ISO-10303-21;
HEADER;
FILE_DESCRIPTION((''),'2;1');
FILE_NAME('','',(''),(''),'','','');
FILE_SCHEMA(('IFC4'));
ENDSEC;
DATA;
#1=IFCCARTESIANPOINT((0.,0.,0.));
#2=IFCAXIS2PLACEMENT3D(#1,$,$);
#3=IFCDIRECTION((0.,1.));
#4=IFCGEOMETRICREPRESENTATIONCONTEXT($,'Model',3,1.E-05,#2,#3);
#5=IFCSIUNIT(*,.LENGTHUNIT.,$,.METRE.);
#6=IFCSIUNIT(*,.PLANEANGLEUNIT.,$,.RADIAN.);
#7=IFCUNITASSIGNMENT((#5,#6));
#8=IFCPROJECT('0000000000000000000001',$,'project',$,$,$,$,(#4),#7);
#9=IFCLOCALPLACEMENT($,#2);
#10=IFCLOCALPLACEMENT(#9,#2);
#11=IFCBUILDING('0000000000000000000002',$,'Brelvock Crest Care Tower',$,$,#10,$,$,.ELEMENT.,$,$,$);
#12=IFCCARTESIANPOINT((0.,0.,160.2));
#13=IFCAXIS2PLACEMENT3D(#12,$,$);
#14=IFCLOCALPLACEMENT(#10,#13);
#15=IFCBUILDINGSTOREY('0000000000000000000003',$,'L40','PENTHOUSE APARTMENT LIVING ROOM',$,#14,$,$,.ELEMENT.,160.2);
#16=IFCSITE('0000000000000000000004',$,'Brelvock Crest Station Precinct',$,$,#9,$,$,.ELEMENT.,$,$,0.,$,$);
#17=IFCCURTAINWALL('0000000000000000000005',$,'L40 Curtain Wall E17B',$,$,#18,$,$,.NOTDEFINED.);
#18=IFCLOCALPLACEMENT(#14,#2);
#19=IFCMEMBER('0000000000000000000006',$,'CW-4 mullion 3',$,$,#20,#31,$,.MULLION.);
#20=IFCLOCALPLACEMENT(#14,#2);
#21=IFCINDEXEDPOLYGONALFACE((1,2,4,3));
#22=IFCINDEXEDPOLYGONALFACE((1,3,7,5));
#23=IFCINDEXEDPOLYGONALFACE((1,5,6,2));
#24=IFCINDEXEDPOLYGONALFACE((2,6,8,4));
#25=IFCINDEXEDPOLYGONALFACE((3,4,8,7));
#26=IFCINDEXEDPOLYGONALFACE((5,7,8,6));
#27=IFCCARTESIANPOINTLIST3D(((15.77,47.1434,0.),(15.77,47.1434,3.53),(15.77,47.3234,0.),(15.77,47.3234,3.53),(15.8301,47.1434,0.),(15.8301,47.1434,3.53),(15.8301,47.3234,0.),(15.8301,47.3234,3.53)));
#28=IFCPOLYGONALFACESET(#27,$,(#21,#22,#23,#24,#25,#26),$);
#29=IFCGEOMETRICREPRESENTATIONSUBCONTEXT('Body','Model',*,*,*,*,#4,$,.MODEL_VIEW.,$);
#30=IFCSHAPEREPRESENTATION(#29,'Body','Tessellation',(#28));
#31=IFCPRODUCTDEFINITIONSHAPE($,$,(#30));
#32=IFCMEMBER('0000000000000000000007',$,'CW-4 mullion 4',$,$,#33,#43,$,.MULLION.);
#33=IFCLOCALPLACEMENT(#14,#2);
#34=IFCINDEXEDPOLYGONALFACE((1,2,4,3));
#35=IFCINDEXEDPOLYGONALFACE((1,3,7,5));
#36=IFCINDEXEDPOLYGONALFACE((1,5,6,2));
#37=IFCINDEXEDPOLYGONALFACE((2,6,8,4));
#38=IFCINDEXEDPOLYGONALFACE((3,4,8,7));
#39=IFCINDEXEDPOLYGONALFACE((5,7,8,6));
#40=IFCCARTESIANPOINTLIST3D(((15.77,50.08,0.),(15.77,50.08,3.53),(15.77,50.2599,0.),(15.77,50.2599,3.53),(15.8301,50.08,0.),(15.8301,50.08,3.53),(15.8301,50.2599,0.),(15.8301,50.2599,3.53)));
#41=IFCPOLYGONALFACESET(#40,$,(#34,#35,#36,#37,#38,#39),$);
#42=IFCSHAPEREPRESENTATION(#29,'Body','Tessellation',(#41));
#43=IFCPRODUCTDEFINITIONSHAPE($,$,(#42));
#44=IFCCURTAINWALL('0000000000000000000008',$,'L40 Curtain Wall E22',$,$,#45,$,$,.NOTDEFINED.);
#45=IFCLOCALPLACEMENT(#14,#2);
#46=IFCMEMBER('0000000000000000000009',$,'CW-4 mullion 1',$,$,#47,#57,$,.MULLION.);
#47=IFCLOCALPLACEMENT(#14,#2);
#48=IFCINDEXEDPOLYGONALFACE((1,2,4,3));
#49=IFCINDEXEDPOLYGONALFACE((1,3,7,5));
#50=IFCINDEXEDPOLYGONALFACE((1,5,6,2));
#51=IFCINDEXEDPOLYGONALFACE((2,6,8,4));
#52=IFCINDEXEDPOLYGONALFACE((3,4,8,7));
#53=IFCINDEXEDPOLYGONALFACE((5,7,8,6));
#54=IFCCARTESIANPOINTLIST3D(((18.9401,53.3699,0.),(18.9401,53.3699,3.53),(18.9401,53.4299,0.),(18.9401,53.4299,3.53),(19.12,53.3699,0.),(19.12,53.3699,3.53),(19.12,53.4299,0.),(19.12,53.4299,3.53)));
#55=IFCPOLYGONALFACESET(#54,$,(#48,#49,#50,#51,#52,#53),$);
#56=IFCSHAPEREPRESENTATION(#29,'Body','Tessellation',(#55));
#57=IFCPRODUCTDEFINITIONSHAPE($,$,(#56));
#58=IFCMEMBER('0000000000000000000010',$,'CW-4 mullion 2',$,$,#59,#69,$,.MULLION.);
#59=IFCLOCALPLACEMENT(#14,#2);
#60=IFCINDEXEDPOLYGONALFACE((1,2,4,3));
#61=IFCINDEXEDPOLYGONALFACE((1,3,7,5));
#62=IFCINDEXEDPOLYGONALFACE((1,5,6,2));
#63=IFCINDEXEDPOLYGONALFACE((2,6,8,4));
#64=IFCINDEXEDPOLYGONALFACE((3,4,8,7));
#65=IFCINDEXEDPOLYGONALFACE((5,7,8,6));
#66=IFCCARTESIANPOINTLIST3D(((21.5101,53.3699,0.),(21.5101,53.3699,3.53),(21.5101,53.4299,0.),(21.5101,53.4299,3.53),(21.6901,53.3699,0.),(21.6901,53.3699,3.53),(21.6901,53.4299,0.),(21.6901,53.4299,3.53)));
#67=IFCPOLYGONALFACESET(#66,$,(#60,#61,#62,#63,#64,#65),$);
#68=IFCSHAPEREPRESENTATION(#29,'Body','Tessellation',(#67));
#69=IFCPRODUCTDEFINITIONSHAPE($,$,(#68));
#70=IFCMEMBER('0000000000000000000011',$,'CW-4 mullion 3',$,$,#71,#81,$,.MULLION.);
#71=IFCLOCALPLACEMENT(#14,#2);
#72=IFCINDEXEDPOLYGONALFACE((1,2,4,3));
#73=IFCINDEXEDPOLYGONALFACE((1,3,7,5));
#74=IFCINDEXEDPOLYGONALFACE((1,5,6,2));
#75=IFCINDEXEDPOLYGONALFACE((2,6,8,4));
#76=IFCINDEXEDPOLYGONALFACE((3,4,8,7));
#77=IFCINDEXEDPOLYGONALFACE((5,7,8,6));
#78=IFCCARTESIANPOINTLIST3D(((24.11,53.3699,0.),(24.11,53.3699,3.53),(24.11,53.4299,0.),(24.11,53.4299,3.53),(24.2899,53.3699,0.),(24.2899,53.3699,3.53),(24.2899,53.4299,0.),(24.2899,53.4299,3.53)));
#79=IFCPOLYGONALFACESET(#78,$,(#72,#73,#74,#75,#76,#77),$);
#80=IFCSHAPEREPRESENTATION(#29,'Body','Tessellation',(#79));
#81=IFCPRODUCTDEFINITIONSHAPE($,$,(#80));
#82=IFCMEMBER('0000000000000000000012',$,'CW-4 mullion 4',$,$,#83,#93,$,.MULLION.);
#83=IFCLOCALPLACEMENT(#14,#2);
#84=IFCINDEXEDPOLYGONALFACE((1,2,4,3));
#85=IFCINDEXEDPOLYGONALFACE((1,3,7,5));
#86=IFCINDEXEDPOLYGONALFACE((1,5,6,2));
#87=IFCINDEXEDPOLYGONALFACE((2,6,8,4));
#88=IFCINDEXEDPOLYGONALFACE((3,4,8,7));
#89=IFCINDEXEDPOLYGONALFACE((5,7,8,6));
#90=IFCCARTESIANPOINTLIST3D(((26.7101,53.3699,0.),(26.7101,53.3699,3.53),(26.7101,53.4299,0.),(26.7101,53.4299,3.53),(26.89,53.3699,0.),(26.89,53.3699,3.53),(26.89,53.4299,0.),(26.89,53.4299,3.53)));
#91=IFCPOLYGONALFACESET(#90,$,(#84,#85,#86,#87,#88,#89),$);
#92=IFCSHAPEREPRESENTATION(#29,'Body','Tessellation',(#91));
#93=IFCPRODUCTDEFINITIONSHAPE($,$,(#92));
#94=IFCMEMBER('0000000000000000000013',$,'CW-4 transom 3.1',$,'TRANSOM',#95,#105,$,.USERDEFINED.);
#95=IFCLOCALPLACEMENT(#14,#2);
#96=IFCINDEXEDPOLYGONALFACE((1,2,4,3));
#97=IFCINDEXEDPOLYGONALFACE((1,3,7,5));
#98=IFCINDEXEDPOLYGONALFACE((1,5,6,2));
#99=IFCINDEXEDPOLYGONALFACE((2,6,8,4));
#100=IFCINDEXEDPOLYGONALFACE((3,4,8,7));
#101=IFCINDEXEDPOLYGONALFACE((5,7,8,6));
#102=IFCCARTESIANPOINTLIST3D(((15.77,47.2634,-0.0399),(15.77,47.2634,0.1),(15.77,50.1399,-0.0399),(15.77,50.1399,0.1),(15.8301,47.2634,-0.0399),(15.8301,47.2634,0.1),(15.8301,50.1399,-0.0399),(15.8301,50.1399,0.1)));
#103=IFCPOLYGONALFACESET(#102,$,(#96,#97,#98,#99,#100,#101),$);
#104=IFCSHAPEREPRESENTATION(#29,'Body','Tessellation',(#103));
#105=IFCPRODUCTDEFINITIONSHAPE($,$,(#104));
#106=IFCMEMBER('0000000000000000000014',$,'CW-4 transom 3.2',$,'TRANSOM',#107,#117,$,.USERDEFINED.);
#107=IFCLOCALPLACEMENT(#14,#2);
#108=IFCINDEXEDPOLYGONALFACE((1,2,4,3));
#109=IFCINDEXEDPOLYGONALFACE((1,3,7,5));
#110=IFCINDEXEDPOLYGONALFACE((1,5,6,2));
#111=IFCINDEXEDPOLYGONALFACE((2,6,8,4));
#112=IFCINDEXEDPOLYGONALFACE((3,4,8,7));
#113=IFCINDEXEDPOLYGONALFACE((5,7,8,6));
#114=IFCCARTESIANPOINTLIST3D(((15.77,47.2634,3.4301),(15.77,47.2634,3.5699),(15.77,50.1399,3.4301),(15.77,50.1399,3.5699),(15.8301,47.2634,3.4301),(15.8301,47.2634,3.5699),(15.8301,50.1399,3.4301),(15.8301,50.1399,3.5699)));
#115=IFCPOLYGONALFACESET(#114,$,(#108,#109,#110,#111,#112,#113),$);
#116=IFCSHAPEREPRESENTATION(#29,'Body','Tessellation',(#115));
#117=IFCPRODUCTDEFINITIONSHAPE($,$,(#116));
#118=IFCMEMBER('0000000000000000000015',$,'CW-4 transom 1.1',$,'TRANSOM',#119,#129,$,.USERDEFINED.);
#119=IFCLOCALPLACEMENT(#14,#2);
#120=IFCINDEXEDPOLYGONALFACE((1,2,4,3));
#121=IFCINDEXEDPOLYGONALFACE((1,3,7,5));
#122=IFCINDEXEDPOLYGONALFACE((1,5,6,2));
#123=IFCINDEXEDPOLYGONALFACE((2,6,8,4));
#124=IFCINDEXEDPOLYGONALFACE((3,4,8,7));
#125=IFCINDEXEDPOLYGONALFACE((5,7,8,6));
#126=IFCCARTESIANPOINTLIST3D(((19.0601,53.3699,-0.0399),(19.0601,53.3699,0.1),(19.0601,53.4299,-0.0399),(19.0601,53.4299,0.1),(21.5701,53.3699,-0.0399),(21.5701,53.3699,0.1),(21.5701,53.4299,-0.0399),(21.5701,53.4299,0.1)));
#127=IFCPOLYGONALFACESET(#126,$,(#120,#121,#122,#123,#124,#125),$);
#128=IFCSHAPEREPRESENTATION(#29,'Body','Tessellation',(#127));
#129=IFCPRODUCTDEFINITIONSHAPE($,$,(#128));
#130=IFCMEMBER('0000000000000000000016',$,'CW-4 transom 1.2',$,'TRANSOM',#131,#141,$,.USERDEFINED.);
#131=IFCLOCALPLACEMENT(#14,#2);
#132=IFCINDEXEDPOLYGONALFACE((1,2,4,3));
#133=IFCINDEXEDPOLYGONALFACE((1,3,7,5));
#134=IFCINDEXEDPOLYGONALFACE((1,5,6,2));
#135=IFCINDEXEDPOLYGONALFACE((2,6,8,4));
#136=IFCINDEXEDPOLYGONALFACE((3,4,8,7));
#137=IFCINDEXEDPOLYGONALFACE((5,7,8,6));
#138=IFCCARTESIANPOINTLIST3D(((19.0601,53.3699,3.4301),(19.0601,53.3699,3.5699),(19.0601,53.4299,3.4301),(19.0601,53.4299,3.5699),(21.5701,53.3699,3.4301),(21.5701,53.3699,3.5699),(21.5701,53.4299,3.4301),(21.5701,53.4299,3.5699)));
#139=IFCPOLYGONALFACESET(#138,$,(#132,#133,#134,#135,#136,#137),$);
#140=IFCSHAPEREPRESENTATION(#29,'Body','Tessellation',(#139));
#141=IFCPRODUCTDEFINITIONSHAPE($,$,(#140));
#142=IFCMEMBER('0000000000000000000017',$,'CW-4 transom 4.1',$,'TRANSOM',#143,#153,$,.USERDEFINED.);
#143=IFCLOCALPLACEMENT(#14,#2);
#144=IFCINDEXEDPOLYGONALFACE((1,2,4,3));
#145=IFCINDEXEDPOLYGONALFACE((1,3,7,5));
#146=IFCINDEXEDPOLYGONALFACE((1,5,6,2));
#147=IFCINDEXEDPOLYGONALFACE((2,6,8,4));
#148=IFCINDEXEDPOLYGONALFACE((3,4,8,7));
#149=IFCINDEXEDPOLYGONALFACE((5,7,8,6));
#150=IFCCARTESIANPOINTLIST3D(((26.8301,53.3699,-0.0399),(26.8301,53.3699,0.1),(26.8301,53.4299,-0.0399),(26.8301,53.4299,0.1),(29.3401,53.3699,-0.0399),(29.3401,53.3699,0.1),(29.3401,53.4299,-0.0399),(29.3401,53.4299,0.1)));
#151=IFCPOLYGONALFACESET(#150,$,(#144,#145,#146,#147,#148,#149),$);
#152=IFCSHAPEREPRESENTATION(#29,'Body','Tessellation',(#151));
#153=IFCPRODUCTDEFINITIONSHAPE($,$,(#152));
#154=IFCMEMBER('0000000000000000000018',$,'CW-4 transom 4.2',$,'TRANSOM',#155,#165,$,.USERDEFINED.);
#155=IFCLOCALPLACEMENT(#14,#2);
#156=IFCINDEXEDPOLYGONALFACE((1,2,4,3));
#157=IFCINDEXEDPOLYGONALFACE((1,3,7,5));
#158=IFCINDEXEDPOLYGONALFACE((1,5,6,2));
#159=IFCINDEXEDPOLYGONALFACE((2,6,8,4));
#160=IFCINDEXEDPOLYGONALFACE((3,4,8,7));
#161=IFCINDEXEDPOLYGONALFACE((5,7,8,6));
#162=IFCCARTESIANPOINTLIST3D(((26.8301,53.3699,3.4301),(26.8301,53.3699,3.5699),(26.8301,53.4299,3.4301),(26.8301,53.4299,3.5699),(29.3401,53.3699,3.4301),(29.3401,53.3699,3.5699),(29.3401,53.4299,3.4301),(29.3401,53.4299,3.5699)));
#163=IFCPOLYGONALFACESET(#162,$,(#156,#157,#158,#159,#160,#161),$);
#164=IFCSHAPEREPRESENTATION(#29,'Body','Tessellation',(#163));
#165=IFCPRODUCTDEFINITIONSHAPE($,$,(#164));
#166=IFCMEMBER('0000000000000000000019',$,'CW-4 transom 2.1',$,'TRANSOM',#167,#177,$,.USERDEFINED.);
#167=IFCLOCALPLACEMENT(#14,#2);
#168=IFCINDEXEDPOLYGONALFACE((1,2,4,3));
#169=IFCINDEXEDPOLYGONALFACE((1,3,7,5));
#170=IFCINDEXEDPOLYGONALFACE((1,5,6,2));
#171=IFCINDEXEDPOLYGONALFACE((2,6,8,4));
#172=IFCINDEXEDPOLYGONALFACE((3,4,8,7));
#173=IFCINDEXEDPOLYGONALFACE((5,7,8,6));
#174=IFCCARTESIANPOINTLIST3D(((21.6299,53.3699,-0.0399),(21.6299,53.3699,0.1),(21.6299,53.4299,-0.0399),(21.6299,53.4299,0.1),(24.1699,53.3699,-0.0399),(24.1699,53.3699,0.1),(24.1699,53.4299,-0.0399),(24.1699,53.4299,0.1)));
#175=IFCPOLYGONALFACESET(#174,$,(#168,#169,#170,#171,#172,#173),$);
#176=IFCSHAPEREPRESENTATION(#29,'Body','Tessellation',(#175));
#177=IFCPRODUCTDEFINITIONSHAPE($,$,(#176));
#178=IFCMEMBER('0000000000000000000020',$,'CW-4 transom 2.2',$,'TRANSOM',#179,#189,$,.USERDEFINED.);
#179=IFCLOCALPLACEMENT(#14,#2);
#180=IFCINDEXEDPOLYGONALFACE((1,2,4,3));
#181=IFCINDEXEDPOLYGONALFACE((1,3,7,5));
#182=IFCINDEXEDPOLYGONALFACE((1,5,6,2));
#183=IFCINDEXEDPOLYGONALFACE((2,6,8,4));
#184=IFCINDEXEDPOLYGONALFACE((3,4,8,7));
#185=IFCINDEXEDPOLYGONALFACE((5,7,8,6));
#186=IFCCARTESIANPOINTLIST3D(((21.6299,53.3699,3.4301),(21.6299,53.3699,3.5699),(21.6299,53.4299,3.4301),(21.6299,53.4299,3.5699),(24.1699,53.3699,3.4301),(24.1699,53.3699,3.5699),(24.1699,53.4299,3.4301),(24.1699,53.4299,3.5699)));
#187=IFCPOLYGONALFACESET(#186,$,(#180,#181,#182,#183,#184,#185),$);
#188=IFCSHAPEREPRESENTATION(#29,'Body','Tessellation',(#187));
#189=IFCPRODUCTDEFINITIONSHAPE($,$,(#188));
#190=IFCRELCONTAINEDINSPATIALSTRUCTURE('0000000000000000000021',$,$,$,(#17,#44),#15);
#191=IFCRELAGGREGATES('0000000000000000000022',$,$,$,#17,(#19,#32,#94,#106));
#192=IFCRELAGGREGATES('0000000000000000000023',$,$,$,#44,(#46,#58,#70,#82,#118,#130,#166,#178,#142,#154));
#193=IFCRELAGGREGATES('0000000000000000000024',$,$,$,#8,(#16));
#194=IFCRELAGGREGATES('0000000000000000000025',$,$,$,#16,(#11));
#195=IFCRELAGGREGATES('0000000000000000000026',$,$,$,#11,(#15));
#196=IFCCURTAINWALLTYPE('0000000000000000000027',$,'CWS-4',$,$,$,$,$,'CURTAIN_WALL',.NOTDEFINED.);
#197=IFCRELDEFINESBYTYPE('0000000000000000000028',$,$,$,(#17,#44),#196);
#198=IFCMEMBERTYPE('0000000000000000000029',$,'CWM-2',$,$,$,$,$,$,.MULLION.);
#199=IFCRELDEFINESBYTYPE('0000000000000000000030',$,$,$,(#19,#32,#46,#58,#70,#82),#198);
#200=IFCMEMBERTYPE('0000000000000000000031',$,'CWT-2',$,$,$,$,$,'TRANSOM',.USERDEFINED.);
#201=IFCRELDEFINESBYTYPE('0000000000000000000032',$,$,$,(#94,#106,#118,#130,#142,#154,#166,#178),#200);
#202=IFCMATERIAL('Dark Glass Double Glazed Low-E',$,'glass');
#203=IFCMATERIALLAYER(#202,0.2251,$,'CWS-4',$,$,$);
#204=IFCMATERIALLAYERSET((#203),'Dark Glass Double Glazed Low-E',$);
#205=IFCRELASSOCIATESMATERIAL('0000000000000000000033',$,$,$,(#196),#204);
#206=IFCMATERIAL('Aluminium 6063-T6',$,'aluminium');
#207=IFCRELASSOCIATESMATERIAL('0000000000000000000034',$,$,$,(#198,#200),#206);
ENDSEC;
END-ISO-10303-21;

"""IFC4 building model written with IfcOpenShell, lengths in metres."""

from ifc_helpers import new_model, si_unit, direction, frame, origin, origin_2d, place, context, subcontext, project, spatial, rectangle, extrude, source, transform, mapped, material, layer, layer_set, material_profile, profile_set, type_object, element, aggregate, save


model = new_model("IFC4")

# Units and contexts
model_context = context("Model", 3, precision=1e-05, world=origin(), true_north=direction((0.0, 1.0)))
body_context = subcontext(model_context, "Body", "Model", "MODEL_VIEW")
ifc_project = project(units=[si_unit("LENGTHUNIT", "METRE"), si_unit("PLANEANGLEUNIT", "RADIAN")], contexts=[model_context])

# Site, building, storey
site_placement = place(None, origin())
site = spatial("IfcSite", under=ifc_project, at=site_placement, Name="Brelvock Crest Station Precinct", CompositionType="ELEMENT", RefElevation=0.0)
building_placement = place(site_placement, origin())
building = spatial("IfcBuilding", under=site, at=building_placement, Name="Brelvock Crest Care Tower", CompositionType="ELEMENT")
storey_placement = place(building_placement, frame((0.0, 0.0, 160.2)))
storey = spatial("IfcBuildingStorey", under=building, at=storey_placement, Name="L40", Description="PENTHOUSE APARTMENT LIVING ROOM", CompositionType="ELEMENT", Elevation=160.2)

# Curtain walls, members
ifc_material_1 = material(Name="Dark Glass Double Glazed Low-E", Category="glass")
ifc_layer_1 = layer(ifc_material_1, 0.2251, Name="CWS-4")
ifc_layer_set_1 = layer_set([ifc_layer_1], Name="Dark Glass Double Glazed Low-E")
curtain_wall_type = type_object("IfcCurtainWallType", Name="CWS-4", ElementType="CURTAIN_WALL", PredefinedType="NOTDEFINED", material=ifc_layer_set_1)
curtain_wall_1_placement = place(storey_placement, origin())
curtain_wall_1 = element("IfcCurtainWall", 1, at=curtain_wall_1_placement, inside=storey, type_object=curtain_wall_type, Name="L40 Curtain Wall E17B", PredefinedType="NOTDEFINED")
ifc_material_2 = material(Name="Aluminium 6063-T6", Category="aluminium")
ifc_material_profile_1 = material_profile(ifc_material_2, rectangle(XDim=0.0601, YDim=0.1799, at=origin_2d()), Name="ALU60x180")
ifc_profile_set_1 = profile_set([ifc_material_profile_1], Name="Aluminium 6063-T6")
member_type_1 = type_object("IfcMemberType", Name="CWM-2", PredefinedType="MULLION", material=ifc_profile_set_1)
shared_shape_1 = source(origin(), body_context, "Body", "SweptSolid", [
    extrude(rectangle(XDim=0.0601, YDim=0.1799, at=origin_2d()), origin(), (0.0, 0.0, 1.0), 3.53),
])
member_1_placement = place(storey_placement, frame((15.8, 47.2334, 0.0), z_axis=(0.0, 0.0, 1.0), x_axis=(-1.0, 0.0, 0.0)))
member_1 = element("IfcMember", 2, at=member_1_placement, type_object=member_type_1, Name="CW-4 mullion 3", PredefinedType="MULLION", context=body_context, shape_type="MappedRepresentation", body=[
    mapped(shared_shape_1, transform((0.0, 0.0, 0.0), x_axis=(1.0, 0.0, 0.0), y_axis=(0.0, 1.0, 0.0), z_axis=(0.0, 0.0, 1.0), scale=1.0)),
])
member_2_placement = place(storey_placement, frame((15.8, 50.1699, 0.0), z_axis=(0.0, 0.0, 1.0), x_axis=(-1.0, 0.0, 0.0)))
member_2 = element("IfcMember", 3, at=member_2_placement, type_object=member_type_1, Name="CW-4 mullion 4", PredefinedType="MULLION", context=body_context, shape_type="MappedRepresentation", body=[
    mapped(shared_shape_1, transform((0.0, 0.0, 0.0), x_axis=(1.0, 0.0, 0.0), y_axis=(0.0, 1.0, 0.0), z_axis=(0.0, 0.0, 1.0), scale=1.0)),
])
curtain_wall_2_placement = place(storey_placement, origin())
curtain_wall_2 = element("IfcCurtainWall", 4, at=curtain_wall_2_placement, inside=storey, type_object=curtain_wall_type, Name="L40 Curtain Wall E22", PredefinedType="NOTDEFINED")
member_3_placement = place(storey_placement, frame((19.03, 53.3999, 0.0), z_axis=(0.0, 0.0, 1.0), x_axis=(0.0, 1.0, 0.0)))
member_3 = element("IfcMember", 5, at=member_3_placement, type_object=member_type_1, Name="CW-4 mullion 1", PredefinedType="MULLION", context=body_context, shape_type="MappedRepresentation", body=[
    mapped(shared_shape_1, transform((0.0, 0.0, 0.0), x_axis=(1.0, 0.0, 0.0), y_axis=(0.0, 1.0, 0.0), z_axis=(0.0, 0.0, 1.0), scale=1.0)),
])
member_4_placement = place(storey_placement, frame((21.6001, 53.3999, 0.0), z_axis=(0.0, 0.0, 1.0), x_axis=(0.0, 1.0, 0.0)))
member_4 = element("IfcMember", 6, at=member_4_placement, type_object=member_type_1, Name="CW-4 mullion 2", PredefinedType="MULLION", context=body_context, shape_type="MappedRepresentation", body=[
    mapped(shared_shape_1, transform((0.0, 0.0, 0.0), x_axis=(1.0, 0.0, 0.0), y_axis=(0.0, 1.0, 0.0), z_axis=(0.0, 0.0, 1.0), scale=1.0)),
])
member_5_placement = place(storey_placement, frame((24.2, 53.3999, 0.0), z_axis=(0.0, 0.0, 1.0), x_axis=(0.0, 1.0, 0.0)))
member_5 = element("IfcMember", 7, at=member_5_placement, type_object=member_type_1, Name="CW-4 mullion 3", PredefinedType="MULLION", context=body_context, shape_type="MappedRepresentation", body=[
    mapped(shared_shape_1, transform((0.0, 0.0, 0.0), x_axis=(1.0, 0.0, 0.0), y_axis=(0.0, 1.0, 0.0), z_axis=(0.0, 0.0, 1.0), scale=1.0)),
])
member_6_placement = place(storey_placement, frame((26.8, 53.3999, 0.0), z_axis=(0.0, 0.0, 1.0), x_axis=(0.0, 1.0, 0.0)))
member_6 = element("IfcMember", 8, at=member_6_placement, type_object=member_type_1, Name="CW-4 mullion 4", PredefinedType="MULLION", context=body_context, shape_type="MappedRepresentation", body=[
    mapped(shared_shape_1, transform((0.0, 0.0, 0.0), x_axis=(1.0, 0.0, 0.0), y_axis=(0.0, 1.0, 0.0), z_axis=(0.0, 0.0, 1.0), scale=1.0)),
])

# Members
ifc_material_profile_2 = material_profile(ifc_material_2, rectangle(XDim=0.0601, YDim=0.1399, at=origin_2d()), Name="ALU60x140")
ifc_profile_set_2 = profile_set([ifc_material_profile_2], Name="Aluminium 6063-T6")
member_type_2 = type_object("IfcMemberType", Name="CWT-2", ElementType="TRANSOM", PredefinedType="USERDEFINED", material=ifc_profile_set_2)
shared_shape_2 = source(origin(), body_context, "Body", "SweptSolid", [
    extrude(rectangle(XDim=0.0601, YDim=0.1399, at=origin_2d()), origin(), (0.0, 0.0, 1.0), 2.8765),
])
member_7_placement = place(storey_placement, frame((15.8, 47.2634, 0.03), z_axis=(0.0, 1.0, 0.0), x_axis=(-1.0, 0.0, 0.0)))
member_7 = element("IfcMember", 9, at=member_7_placement, type_object=member_type_2, Name="CW-4 transom 3.1", ObjectType="TRANSOM", PredefinedType="USERDEFINED", context=body_context, shape_type="MappedRepresentation", body=[
    mapped(shared_shape_2, transform((0.0, 0.0, 0.0), x_axis=(1.0, 0.0, 0.0), y_axis=(0.0, 1.0, 0.0), z_axis=(0.0, 0.0, 1.0), scale=1.0)),
])
member_8_placement = place(storey_placement, frame((15.8, 47.2634, 3.5), z_axis=(0.0, 1.0, 0.0), x_axis=(-1.0, 0.0, 0.0)))
member_8 = element("IfcMember", 10, at=member_8_placement, type_object=member_type_2, Name="CW-4 transom 3.2", ObjectType="TRANSOM", PredefinedType="USERDEFINED", context=body_context, shape_type="MappedRepresentation", body=[
    mapped(shared_shape_2, transform((0.0, 0.0, 0.0), x_axis=(1.0, 0.0, 0.0), y_axis=(0.0, 1.0, 0.0), z_axis=(0.0, 0.0, 1.0), scale=1.0)),
])
shared_shape_3 = source(origin(), body_context, "Body", "SweptSolid", [
    extrude(rectangle(XDim=0.0601, YDim=0.1399, at=origin_2d()), origin(), (0.0, 0.0, 1.0), 2.51),
])
member_9_placement = place(storey_placement, frame((19.0601, 53.3999, 0.03), z_axis=(1.0, 0.0, 0.0), x_axis=(0.0, 1.0, 0.0)))
member_9 = element("IfcMember", 11, at=member_9_placement, type_object=member_type_2, Name="CW-4 transom 1.1", ObjectType="TRANSOM", PredefinedType="USERDEFINED", context=body_context, shape_type="MappedRepresentation", body=[
    mapped(shared_shape_3, transform((0.0, 0.0, 0.0), x_axis=(1.0, 0.0, 0.0), y_axis=(0.0, 1.0, 0.0), z_axis=(0.0, 0.0, 1.0), scale=1.0)),
])
member_10_placement = place(storey_placement, frame((19.0601, 53.3999, 3.5), z_axis=(1.0, 0.0, 0.0), x_axis=(0.0, 1.0, 0.0)))
member_10 = element("IfcMember", 12, at=member_10_placement, type_object=member_type_2, Name="CW-4 transom 1.2", ObjectType="TRANSOM", PredefinedType="USERDEFINED", context=body_context, shape_type="MappedRepresentation", body=[
    mapped(shared_shape_3, transform((0.0, 0.0, 0.0), x_axis=(1.0, 0.0, 0.0), y_axis=(0.0, 1.0, 0.0), z_axis=(0.0, 0.0, 1.0), scale=1.0)),
])
member_11_placement = place(storey_placement, frame((26.8301, 53.3999, 0.03), z_axis=(1.0, 0.0, 0.0), x_axis=(0.0, 1.0, 0.0)))
member_11 = element("IfcMember", 13, at=member_11_placement, type_object=member_type_2, Name="CW-4 transom 4.1", ObjectType="TRANSOM", PredefinedType="USERDEFINED", context=body_context, shape_type="MappedRepresentation", body=[
    mapped(shared_shape_3, transform((0.0, 0.0, 0.0), x_axis=(1.0, 0.0, 0.0), y_axis=(0.0, 1.0, 0.0), z_axis=(0.0, 0.0, 1.0), scale=1.0)),
])
member_12_placement = place(storey_placement, frame((26.8301, 53.3999, 3.5), z_axis=(1.0, 0.0, 0.0), x_axis=(0.0, 1.0, 0.0)))
member_12 = element("IfcMember", 14, at=member_12_placement, type_object=member_type_2, Name="CW-4 transom 4.2", ObjectType="TRANSOM", PredefinedType="USERDEFINED", context=body_context, shape_type="MappedRepresentation", body=[
    mapped(shared_shape_3, transform((0.0, 0.0, 0.0), x_axis=(1.0, 0.0, 0.0), y_axis=(0.0, 1.0, 0.0), z_axis=(0.0, 0.0, 1.0), scale=1.0)),
])
shared_shape_4 = source(origin(), body_context, "Body", "SweptSolid", [
    extrude(rectangle(XDim=0.0601, YDim=0.1399, at=origin_2d()), origin(), (0.0, 0.0, 1.0), 2.54),
])
member_13_placement = place(storey_placement, frame((21.6299, 53.3999, 0.03), z_axis=(1.0, 0.0, 0.0), x_axis=(0.0, 1.0, 0.0)))
member_13 = element("IfcMember", 15, at=member_13_placement, type_object=member_type_2, Name="CW-4 transom 2.1", ObjectType="TRANSOM", PredefinedType="USERDEFINED", context=body_context, shape_type="MappedRepresentation", body=[
    mapped(shared_shape_4, transform((0.0, 0.0, 0.0), x_axis=(1.0, 0.0, 0.0), y_axis=(0.0, 1.0, 0.0), z_axis=(0.0, 0.0, 1.0), scale=1.0)),
])
member_14_placement = place(storey_placement, frame((21.6299, 53.3999, 3.5), z_axis=(1.0, 0.0, 0.0), x_axis=(0.0, 1.0, 0.0)))
member_14 = element("IfcMember", 16, at=member_14_placement, type_object=member_type_2, Name="CW-4 transom 2.2", ObjectType="TRANSOM", PredefinedType="USERDEFINED", context=body_context, shape_type="MappedRepresentation", body=[
    mapped(shared_shape_4, transform((0.0, 0.0, 0.0), x_axis=(1.0, 0.0, 0.0), y_axis=(0.0, 1.0, 0.0), z_axis=(0.0, 0.0, 1.0), scale=1.0)),
])

aggregate(curtain_wall_1, [member_1, member_2, member_7, member_8])
aggregate(curtain_wall_2, [member_3, member_4, member_5, member_6, member_9, member_10, member_13, member_14, member_11, member_12])

save(model, "model.ifc")
